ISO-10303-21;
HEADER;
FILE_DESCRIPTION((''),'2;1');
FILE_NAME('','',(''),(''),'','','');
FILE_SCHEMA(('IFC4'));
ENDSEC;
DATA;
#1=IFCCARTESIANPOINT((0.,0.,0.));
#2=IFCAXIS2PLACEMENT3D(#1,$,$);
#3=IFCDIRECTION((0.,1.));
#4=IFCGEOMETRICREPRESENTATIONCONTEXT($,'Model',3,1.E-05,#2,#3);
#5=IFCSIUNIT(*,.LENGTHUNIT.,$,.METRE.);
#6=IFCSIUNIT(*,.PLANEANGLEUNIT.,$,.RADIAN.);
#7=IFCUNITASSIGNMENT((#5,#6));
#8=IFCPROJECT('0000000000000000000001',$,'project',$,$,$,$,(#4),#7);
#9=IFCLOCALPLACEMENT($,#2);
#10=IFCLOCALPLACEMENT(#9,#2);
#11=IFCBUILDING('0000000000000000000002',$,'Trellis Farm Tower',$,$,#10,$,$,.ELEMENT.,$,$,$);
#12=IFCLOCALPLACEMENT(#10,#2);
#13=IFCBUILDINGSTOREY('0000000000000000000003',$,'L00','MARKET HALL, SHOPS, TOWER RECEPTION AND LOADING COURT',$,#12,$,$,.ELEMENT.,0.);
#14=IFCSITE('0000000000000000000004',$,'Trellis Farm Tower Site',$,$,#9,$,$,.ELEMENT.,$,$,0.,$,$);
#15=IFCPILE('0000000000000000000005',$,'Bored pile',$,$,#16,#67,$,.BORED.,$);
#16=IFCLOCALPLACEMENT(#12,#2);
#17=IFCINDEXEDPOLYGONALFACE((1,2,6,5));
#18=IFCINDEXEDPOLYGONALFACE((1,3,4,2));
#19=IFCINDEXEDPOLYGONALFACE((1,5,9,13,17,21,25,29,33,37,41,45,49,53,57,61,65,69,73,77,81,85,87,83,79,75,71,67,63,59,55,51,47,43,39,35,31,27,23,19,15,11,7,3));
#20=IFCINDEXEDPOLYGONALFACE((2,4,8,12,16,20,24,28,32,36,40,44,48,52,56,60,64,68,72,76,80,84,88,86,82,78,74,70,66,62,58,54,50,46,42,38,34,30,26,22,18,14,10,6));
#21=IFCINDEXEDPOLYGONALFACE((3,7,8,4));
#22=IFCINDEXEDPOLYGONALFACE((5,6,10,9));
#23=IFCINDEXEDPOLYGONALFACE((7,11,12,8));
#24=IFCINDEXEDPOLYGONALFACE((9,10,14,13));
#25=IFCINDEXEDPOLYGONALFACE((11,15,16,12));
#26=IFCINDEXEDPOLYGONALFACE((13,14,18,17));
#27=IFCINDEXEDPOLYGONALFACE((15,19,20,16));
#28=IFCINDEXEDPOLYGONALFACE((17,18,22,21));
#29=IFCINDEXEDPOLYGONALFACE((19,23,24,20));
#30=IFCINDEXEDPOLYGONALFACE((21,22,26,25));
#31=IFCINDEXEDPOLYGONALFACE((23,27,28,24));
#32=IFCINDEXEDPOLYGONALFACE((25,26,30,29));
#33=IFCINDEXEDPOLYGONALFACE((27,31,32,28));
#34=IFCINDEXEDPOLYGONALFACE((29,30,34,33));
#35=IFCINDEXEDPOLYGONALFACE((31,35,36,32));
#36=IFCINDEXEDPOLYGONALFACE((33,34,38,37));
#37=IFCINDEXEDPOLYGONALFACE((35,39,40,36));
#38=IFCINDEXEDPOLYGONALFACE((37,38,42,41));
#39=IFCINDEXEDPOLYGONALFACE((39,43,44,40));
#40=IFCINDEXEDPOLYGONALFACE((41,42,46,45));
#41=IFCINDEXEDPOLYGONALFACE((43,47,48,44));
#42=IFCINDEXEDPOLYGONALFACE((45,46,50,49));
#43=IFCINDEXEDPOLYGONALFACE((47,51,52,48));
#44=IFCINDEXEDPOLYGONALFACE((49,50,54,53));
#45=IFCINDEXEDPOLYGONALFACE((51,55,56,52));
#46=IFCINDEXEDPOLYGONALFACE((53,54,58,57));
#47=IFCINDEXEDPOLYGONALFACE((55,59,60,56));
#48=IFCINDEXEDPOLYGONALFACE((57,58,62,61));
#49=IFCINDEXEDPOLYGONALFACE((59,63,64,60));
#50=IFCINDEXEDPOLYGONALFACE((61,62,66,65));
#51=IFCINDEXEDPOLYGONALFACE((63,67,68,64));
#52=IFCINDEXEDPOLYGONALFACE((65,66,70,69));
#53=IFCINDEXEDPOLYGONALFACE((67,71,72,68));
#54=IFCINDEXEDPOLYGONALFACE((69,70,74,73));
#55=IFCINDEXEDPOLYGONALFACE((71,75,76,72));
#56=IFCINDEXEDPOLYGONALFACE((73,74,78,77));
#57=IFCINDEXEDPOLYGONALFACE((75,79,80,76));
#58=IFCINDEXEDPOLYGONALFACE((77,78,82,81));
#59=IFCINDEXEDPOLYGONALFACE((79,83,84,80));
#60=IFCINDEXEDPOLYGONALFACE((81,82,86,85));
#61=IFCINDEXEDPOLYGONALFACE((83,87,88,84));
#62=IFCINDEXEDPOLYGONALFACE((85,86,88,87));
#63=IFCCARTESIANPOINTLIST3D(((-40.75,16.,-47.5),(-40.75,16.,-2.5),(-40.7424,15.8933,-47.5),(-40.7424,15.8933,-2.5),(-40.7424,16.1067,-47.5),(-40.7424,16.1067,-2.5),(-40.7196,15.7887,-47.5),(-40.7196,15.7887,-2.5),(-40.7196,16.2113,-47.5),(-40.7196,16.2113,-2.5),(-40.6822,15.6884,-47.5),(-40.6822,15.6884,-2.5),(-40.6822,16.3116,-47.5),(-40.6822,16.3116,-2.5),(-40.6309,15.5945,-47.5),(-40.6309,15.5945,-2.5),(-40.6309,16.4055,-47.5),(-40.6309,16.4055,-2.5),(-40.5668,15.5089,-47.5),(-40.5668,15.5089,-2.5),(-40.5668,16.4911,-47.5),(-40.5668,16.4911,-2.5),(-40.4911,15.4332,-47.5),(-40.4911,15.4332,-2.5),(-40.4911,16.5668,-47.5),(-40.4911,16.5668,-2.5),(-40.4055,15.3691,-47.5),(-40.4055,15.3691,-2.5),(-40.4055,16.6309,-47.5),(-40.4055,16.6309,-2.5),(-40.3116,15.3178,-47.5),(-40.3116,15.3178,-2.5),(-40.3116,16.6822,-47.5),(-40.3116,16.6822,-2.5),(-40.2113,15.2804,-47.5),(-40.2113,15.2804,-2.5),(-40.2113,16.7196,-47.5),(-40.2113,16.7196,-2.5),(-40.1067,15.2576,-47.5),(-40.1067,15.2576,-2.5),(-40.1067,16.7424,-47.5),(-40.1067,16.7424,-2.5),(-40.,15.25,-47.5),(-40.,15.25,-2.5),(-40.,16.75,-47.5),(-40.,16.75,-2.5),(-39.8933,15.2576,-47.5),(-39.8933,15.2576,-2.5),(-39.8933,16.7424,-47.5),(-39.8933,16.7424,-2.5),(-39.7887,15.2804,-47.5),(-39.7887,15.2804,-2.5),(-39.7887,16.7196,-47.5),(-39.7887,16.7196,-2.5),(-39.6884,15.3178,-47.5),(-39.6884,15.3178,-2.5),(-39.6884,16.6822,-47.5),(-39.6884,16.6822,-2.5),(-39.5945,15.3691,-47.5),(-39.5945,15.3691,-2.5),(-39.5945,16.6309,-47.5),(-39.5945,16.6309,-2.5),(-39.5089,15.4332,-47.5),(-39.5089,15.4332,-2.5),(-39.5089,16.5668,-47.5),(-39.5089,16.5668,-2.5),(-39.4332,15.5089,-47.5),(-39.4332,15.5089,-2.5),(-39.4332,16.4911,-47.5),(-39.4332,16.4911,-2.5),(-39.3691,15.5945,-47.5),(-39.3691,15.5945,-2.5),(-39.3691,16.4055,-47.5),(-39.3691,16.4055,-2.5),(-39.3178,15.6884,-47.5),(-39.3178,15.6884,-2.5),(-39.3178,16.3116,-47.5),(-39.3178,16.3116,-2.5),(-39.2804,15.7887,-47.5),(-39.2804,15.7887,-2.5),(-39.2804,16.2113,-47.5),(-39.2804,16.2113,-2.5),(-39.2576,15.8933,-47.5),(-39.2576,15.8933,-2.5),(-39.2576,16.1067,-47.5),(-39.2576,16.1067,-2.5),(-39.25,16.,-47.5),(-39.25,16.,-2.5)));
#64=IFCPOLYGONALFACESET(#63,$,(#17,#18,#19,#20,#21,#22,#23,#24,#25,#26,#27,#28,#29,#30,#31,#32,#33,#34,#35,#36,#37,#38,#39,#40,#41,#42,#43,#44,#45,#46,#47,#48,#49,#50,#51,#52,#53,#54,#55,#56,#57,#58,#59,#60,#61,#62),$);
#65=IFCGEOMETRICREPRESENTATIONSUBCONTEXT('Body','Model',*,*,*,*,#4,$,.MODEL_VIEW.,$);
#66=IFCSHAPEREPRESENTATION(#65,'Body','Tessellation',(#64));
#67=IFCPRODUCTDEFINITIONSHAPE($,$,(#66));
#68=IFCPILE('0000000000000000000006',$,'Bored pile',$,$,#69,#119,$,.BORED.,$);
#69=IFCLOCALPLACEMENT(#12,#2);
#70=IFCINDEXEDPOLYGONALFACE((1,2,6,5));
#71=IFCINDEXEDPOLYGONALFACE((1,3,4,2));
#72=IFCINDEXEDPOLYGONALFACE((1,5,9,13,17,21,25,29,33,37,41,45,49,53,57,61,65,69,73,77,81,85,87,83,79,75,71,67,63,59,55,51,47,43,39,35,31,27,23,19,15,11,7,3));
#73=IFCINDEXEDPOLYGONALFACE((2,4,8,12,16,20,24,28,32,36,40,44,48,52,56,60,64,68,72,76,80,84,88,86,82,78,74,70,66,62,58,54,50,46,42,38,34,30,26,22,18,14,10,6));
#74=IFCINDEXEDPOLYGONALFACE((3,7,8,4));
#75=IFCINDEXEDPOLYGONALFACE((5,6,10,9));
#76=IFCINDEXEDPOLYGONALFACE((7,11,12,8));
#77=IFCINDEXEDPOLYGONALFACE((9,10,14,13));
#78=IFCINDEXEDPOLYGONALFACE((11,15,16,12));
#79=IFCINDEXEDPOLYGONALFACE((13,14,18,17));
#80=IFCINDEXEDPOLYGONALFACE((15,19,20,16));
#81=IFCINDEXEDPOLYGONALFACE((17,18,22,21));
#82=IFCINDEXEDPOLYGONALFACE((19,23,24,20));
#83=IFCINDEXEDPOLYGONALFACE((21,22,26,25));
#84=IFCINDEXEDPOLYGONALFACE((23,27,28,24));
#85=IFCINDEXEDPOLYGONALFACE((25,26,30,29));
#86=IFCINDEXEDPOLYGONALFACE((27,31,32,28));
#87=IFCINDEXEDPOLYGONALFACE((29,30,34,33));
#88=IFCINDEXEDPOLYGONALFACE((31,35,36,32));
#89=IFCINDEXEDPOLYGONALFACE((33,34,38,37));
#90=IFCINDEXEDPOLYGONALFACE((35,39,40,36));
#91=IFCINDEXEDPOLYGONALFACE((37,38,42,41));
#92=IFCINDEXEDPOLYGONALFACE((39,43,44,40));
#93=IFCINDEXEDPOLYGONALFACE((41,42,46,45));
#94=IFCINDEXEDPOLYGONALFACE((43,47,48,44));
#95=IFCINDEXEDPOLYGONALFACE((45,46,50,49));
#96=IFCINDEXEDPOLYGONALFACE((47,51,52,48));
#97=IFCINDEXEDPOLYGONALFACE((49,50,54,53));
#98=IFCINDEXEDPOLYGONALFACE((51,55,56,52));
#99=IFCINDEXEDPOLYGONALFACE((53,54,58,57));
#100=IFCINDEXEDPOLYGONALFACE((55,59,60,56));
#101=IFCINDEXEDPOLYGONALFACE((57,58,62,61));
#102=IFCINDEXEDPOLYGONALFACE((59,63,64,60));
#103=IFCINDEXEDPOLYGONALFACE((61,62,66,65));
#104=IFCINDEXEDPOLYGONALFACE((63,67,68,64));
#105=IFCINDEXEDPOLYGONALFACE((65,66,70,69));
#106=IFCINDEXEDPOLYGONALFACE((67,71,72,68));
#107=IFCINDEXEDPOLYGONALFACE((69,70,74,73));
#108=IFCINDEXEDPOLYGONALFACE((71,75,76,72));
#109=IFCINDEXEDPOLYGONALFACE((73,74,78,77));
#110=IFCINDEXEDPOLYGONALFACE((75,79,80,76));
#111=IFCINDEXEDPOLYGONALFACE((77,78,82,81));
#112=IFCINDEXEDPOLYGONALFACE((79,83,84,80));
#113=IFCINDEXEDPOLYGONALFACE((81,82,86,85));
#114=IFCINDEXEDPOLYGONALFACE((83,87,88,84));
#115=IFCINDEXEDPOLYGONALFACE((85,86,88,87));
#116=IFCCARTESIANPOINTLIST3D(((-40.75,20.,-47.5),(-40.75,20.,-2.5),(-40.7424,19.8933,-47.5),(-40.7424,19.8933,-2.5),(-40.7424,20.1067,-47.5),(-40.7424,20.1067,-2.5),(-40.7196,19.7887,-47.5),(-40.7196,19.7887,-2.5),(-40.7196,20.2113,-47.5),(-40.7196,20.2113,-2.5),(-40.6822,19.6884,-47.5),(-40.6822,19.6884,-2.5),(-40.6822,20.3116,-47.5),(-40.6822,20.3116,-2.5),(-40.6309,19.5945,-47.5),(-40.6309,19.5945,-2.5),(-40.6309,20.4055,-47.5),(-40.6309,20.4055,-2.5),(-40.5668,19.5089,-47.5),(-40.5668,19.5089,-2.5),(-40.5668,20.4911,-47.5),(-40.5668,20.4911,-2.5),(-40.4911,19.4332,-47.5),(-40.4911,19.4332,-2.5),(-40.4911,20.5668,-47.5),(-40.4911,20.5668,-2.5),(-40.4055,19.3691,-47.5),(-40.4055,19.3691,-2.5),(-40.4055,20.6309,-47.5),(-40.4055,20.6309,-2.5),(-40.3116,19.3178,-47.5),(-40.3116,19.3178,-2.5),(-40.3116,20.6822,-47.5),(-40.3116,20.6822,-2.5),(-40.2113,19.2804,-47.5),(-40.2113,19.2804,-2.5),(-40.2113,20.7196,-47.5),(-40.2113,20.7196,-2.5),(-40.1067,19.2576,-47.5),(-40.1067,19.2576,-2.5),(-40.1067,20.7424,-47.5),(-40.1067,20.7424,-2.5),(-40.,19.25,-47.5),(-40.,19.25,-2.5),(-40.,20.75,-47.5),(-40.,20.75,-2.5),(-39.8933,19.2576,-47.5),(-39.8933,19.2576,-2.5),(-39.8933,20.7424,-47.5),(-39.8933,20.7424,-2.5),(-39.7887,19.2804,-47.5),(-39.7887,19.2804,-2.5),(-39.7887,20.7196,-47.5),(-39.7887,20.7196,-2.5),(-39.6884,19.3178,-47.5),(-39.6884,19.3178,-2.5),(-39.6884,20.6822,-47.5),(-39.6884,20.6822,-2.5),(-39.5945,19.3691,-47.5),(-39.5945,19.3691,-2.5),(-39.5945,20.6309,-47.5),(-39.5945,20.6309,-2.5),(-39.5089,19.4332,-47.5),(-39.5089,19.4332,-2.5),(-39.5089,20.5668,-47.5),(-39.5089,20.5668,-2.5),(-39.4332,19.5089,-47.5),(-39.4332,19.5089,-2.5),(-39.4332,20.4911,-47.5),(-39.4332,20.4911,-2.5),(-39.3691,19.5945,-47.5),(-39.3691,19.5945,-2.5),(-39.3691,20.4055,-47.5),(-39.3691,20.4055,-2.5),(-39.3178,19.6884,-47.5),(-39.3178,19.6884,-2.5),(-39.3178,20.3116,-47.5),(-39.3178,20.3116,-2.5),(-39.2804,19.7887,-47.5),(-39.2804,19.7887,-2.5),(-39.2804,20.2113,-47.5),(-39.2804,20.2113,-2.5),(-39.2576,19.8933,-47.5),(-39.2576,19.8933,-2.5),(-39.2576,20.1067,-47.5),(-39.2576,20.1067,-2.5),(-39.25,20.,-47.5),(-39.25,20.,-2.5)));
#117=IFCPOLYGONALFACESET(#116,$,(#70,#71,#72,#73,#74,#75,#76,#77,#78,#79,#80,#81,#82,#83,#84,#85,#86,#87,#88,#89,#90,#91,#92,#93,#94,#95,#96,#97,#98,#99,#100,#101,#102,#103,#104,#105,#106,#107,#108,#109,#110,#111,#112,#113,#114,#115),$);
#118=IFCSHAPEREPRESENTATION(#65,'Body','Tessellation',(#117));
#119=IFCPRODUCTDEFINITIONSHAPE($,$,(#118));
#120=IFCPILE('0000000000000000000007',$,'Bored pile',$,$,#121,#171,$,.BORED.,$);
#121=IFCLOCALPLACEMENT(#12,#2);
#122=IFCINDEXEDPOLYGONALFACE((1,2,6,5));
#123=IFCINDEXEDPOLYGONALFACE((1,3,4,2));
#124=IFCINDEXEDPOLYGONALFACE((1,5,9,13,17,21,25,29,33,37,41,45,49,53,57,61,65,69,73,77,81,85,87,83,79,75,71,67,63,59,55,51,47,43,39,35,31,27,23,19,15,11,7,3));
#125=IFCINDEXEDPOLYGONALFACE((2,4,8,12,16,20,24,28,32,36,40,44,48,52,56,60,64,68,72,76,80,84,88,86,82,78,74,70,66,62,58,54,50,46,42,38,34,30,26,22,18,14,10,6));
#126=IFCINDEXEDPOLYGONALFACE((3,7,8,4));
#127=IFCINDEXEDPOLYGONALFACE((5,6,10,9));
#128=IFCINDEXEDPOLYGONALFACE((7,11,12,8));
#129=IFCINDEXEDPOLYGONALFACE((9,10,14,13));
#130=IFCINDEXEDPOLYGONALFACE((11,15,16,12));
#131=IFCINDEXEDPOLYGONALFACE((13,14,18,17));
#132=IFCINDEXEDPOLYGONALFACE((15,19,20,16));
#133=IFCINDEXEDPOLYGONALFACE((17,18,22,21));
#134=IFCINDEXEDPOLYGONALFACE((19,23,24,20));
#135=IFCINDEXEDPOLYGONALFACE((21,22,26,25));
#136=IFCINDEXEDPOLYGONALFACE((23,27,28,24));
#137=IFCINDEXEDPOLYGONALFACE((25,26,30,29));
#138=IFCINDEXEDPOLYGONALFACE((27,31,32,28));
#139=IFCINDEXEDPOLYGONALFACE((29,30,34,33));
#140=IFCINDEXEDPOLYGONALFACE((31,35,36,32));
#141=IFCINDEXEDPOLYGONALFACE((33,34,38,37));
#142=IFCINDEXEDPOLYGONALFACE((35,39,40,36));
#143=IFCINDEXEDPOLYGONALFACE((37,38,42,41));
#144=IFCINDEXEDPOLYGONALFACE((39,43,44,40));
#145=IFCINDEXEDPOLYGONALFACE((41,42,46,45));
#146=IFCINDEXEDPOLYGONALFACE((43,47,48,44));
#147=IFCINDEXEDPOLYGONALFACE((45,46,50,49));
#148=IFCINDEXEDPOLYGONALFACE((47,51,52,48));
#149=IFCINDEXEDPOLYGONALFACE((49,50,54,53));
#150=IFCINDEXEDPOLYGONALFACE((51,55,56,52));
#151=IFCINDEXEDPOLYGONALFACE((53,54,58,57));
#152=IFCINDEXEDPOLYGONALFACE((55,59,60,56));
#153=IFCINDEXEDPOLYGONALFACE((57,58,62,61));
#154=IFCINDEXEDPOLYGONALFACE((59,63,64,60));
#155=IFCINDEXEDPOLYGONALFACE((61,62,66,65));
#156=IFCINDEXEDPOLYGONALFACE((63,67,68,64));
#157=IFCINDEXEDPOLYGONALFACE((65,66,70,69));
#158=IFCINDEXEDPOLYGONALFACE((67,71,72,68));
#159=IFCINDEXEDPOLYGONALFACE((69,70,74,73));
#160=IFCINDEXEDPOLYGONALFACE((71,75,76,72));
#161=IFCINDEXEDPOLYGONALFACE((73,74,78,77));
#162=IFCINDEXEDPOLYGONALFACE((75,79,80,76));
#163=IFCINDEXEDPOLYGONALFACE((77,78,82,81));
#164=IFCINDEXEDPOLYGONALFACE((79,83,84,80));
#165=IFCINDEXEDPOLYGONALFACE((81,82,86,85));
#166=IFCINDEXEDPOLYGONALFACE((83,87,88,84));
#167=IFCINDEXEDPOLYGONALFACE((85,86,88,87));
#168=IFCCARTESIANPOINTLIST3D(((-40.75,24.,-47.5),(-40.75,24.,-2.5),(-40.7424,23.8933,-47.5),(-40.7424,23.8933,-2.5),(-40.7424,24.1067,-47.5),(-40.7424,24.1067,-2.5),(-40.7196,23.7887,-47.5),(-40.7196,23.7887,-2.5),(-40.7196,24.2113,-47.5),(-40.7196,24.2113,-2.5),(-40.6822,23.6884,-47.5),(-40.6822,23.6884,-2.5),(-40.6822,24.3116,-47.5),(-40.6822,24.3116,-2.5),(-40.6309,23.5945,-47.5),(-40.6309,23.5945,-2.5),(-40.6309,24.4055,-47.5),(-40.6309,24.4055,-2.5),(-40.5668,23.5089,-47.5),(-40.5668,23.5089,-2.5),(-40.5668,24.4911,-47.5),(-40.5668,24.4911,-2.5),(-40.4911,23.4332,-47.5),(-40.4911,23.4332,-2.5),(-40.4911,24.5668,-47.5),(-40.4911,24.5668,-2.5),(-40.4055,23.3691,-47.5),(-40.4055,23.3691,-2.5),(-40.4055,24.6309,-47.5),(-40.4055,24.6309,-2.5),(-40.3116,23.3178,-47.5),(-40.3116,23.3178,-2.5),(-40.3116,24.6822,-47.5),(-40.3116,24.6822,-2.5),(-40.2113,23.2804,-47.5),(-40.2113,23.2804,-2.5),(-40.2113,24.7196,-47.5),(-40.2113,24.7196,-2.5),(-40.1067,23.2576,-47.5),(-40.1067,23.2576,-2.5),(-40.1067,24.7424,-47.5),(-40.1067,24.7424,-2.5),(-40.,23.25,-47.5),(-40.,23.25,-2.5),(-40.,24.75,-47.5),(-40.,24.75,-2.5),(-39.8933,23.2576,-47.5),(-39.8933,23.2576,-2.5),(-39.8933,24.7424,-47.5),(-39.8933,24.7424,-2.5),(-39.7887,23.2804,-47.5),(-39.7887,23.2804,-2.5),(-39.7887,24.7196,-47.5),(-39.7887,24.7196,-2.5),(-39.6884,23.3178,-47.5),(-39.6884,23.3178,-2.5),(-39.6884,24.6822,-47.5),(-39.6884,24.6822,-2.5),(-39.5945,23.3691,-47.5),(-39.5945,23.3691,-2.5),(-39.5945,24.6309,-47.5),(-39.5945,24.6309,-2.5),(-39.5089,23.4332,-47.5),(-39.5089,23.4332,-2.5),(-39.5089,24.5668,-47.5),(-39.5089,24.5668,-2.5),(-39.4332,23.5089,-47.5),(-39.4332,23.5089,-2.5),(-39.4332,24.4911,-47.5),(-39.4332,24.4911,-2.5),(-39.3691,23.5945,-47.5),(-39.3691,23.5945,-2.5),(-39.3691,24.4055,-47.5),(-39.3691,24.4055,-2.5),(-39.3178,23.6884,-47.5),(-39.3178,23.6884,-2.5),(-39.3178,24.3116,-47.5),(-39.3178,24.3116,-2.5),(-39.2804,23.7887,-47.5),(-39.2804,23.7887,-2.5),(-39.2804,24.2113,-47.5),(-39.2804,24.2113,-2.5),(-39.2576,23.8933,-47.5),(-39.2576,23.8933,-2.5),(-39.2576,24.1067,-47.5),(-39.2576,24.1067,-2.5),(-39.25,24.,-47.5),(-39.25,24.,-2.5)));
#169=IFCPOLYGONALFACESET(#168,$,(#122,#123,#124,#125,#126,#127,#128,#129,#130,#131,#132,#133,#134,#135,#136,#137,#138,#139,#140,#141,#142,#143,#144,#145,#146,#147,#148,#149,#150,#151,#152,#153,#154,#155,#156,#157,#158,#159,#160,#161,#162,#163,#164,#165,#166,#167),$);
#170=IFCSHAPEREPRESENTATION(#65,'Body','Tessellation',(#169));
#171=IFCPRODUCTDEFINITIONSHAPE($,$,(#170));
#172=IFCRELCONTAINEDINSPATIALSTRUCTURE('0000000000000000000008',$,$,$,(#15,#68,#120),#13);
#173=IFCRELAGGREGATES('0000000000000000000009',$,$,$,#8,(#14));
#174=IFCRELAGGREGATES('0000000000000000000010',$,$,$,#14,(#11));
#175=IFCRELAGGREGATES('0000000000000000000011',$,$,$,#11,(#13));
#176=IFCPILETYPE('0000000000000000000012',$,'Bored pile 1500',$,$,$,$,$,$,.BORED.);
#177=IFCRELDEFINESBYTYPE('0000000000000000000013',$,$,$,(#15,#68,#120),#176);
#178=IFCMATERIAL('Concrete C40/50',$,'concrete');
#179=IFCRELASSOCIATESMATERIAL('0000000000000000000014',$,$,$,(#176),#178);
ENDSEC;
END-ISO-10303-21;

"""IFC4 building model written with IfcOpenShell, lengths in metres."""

from ifc_helpers import new_model, si_unit, direction, frame, origin, origin_2d, place, context, subcontext, project, spatial, circle, extrude, source, transform, mapped, material, material_profile, profile_set, type_object, element, save


model = new_model("IFC4")

# Units and contexts
model_context = context("Model", 3, precision=1e-05, world=origin(), true_north=direction((0.0, 1.0)))
body_context = subcontext(model_context, "Body", "Model", "MODEL_VIEW")
ifc_project = project(units=[si_unit("LENGTHUNIT", "METRE"), si_unit("PLANEANGLEUNIT", "RADIAN")], contexts=[model_context])

# Site, building, storey
site_placement = place(None, origin())
site = spatial("IfcSite", under=ifc_project, at=site_placement, Name="Trellis Farm Tower Site", CompositionType="ELEMENT", RefElevation=0.0)
building_placement = place(site_placement, origin())
building = spatial("IfcBuilding", under=site, at=building_placement, Name="Trellis Farm Tower", CompositionType="ELEMENT")
storey_placement = place(building_placement, origin())
storey = spatial("IfcBuildingStorey", under=building, at=storey_placement, Name="L00", Description="MARKET HALL, SHOPS, TOWER RECEPTION AND LOADING COURT", CompositionType="ELEMENT", Elevation=0.0)

# Piles
ifc_material_1 = material(Name="Concrete C40/50", Category="concrete")
ifc_material_profile_1 = material_profile(ifc_material_1, circle(Radius=0.75, at=origin_2d()), Name="Bored pile 1500")
ifc_profile_set_1 = profile_set([ifc_material_profile_1], Name="Concrete C40/50")
pile_type = type_object("IfcPileType", Name="Bored pile 1500", PredefinedType="BORED", material=ifc_profile_set_1)
shared_shape_1 = source(origin(), body_context, "Body", "SweptSolid", [
    extrude(circle(Radius=0.75, at=origin_2d()), origin(), (0.0, 0.0, 1.0), 45.0),
])
for number, where, z_axis, x_axis, name in (
    (1, (-40.0, 16.0, -2.5), (0.0, 0.0, -1.0), (1.0, 0.0, 0.0), "Bored pile"),
    (2, (-40.0, 20.0, -2.5), (0.0, 0.0, -1.0), (1.0, 0.0, 0.0), "Bored pile"),
    (3, (-40.0, 24.0, -2.5), (0.0, 0.0, -1.0), (1.0, 0.0, 0.0), "Bored pile"),
):
    element("IfcPile", number, at=place(storey_placement, frame(where, z_axis=z_axis, x_axis=x_axis)), inside=storey, type_object=pile_type, Name=name, PredefinedType="BORED", context=body_context, shape_type="MappedRepresentation", body=[
        mapped(shared_shape_1, transform((0.0, 0.0, 0.0))),
    ])

save(model, "model.ifc")
